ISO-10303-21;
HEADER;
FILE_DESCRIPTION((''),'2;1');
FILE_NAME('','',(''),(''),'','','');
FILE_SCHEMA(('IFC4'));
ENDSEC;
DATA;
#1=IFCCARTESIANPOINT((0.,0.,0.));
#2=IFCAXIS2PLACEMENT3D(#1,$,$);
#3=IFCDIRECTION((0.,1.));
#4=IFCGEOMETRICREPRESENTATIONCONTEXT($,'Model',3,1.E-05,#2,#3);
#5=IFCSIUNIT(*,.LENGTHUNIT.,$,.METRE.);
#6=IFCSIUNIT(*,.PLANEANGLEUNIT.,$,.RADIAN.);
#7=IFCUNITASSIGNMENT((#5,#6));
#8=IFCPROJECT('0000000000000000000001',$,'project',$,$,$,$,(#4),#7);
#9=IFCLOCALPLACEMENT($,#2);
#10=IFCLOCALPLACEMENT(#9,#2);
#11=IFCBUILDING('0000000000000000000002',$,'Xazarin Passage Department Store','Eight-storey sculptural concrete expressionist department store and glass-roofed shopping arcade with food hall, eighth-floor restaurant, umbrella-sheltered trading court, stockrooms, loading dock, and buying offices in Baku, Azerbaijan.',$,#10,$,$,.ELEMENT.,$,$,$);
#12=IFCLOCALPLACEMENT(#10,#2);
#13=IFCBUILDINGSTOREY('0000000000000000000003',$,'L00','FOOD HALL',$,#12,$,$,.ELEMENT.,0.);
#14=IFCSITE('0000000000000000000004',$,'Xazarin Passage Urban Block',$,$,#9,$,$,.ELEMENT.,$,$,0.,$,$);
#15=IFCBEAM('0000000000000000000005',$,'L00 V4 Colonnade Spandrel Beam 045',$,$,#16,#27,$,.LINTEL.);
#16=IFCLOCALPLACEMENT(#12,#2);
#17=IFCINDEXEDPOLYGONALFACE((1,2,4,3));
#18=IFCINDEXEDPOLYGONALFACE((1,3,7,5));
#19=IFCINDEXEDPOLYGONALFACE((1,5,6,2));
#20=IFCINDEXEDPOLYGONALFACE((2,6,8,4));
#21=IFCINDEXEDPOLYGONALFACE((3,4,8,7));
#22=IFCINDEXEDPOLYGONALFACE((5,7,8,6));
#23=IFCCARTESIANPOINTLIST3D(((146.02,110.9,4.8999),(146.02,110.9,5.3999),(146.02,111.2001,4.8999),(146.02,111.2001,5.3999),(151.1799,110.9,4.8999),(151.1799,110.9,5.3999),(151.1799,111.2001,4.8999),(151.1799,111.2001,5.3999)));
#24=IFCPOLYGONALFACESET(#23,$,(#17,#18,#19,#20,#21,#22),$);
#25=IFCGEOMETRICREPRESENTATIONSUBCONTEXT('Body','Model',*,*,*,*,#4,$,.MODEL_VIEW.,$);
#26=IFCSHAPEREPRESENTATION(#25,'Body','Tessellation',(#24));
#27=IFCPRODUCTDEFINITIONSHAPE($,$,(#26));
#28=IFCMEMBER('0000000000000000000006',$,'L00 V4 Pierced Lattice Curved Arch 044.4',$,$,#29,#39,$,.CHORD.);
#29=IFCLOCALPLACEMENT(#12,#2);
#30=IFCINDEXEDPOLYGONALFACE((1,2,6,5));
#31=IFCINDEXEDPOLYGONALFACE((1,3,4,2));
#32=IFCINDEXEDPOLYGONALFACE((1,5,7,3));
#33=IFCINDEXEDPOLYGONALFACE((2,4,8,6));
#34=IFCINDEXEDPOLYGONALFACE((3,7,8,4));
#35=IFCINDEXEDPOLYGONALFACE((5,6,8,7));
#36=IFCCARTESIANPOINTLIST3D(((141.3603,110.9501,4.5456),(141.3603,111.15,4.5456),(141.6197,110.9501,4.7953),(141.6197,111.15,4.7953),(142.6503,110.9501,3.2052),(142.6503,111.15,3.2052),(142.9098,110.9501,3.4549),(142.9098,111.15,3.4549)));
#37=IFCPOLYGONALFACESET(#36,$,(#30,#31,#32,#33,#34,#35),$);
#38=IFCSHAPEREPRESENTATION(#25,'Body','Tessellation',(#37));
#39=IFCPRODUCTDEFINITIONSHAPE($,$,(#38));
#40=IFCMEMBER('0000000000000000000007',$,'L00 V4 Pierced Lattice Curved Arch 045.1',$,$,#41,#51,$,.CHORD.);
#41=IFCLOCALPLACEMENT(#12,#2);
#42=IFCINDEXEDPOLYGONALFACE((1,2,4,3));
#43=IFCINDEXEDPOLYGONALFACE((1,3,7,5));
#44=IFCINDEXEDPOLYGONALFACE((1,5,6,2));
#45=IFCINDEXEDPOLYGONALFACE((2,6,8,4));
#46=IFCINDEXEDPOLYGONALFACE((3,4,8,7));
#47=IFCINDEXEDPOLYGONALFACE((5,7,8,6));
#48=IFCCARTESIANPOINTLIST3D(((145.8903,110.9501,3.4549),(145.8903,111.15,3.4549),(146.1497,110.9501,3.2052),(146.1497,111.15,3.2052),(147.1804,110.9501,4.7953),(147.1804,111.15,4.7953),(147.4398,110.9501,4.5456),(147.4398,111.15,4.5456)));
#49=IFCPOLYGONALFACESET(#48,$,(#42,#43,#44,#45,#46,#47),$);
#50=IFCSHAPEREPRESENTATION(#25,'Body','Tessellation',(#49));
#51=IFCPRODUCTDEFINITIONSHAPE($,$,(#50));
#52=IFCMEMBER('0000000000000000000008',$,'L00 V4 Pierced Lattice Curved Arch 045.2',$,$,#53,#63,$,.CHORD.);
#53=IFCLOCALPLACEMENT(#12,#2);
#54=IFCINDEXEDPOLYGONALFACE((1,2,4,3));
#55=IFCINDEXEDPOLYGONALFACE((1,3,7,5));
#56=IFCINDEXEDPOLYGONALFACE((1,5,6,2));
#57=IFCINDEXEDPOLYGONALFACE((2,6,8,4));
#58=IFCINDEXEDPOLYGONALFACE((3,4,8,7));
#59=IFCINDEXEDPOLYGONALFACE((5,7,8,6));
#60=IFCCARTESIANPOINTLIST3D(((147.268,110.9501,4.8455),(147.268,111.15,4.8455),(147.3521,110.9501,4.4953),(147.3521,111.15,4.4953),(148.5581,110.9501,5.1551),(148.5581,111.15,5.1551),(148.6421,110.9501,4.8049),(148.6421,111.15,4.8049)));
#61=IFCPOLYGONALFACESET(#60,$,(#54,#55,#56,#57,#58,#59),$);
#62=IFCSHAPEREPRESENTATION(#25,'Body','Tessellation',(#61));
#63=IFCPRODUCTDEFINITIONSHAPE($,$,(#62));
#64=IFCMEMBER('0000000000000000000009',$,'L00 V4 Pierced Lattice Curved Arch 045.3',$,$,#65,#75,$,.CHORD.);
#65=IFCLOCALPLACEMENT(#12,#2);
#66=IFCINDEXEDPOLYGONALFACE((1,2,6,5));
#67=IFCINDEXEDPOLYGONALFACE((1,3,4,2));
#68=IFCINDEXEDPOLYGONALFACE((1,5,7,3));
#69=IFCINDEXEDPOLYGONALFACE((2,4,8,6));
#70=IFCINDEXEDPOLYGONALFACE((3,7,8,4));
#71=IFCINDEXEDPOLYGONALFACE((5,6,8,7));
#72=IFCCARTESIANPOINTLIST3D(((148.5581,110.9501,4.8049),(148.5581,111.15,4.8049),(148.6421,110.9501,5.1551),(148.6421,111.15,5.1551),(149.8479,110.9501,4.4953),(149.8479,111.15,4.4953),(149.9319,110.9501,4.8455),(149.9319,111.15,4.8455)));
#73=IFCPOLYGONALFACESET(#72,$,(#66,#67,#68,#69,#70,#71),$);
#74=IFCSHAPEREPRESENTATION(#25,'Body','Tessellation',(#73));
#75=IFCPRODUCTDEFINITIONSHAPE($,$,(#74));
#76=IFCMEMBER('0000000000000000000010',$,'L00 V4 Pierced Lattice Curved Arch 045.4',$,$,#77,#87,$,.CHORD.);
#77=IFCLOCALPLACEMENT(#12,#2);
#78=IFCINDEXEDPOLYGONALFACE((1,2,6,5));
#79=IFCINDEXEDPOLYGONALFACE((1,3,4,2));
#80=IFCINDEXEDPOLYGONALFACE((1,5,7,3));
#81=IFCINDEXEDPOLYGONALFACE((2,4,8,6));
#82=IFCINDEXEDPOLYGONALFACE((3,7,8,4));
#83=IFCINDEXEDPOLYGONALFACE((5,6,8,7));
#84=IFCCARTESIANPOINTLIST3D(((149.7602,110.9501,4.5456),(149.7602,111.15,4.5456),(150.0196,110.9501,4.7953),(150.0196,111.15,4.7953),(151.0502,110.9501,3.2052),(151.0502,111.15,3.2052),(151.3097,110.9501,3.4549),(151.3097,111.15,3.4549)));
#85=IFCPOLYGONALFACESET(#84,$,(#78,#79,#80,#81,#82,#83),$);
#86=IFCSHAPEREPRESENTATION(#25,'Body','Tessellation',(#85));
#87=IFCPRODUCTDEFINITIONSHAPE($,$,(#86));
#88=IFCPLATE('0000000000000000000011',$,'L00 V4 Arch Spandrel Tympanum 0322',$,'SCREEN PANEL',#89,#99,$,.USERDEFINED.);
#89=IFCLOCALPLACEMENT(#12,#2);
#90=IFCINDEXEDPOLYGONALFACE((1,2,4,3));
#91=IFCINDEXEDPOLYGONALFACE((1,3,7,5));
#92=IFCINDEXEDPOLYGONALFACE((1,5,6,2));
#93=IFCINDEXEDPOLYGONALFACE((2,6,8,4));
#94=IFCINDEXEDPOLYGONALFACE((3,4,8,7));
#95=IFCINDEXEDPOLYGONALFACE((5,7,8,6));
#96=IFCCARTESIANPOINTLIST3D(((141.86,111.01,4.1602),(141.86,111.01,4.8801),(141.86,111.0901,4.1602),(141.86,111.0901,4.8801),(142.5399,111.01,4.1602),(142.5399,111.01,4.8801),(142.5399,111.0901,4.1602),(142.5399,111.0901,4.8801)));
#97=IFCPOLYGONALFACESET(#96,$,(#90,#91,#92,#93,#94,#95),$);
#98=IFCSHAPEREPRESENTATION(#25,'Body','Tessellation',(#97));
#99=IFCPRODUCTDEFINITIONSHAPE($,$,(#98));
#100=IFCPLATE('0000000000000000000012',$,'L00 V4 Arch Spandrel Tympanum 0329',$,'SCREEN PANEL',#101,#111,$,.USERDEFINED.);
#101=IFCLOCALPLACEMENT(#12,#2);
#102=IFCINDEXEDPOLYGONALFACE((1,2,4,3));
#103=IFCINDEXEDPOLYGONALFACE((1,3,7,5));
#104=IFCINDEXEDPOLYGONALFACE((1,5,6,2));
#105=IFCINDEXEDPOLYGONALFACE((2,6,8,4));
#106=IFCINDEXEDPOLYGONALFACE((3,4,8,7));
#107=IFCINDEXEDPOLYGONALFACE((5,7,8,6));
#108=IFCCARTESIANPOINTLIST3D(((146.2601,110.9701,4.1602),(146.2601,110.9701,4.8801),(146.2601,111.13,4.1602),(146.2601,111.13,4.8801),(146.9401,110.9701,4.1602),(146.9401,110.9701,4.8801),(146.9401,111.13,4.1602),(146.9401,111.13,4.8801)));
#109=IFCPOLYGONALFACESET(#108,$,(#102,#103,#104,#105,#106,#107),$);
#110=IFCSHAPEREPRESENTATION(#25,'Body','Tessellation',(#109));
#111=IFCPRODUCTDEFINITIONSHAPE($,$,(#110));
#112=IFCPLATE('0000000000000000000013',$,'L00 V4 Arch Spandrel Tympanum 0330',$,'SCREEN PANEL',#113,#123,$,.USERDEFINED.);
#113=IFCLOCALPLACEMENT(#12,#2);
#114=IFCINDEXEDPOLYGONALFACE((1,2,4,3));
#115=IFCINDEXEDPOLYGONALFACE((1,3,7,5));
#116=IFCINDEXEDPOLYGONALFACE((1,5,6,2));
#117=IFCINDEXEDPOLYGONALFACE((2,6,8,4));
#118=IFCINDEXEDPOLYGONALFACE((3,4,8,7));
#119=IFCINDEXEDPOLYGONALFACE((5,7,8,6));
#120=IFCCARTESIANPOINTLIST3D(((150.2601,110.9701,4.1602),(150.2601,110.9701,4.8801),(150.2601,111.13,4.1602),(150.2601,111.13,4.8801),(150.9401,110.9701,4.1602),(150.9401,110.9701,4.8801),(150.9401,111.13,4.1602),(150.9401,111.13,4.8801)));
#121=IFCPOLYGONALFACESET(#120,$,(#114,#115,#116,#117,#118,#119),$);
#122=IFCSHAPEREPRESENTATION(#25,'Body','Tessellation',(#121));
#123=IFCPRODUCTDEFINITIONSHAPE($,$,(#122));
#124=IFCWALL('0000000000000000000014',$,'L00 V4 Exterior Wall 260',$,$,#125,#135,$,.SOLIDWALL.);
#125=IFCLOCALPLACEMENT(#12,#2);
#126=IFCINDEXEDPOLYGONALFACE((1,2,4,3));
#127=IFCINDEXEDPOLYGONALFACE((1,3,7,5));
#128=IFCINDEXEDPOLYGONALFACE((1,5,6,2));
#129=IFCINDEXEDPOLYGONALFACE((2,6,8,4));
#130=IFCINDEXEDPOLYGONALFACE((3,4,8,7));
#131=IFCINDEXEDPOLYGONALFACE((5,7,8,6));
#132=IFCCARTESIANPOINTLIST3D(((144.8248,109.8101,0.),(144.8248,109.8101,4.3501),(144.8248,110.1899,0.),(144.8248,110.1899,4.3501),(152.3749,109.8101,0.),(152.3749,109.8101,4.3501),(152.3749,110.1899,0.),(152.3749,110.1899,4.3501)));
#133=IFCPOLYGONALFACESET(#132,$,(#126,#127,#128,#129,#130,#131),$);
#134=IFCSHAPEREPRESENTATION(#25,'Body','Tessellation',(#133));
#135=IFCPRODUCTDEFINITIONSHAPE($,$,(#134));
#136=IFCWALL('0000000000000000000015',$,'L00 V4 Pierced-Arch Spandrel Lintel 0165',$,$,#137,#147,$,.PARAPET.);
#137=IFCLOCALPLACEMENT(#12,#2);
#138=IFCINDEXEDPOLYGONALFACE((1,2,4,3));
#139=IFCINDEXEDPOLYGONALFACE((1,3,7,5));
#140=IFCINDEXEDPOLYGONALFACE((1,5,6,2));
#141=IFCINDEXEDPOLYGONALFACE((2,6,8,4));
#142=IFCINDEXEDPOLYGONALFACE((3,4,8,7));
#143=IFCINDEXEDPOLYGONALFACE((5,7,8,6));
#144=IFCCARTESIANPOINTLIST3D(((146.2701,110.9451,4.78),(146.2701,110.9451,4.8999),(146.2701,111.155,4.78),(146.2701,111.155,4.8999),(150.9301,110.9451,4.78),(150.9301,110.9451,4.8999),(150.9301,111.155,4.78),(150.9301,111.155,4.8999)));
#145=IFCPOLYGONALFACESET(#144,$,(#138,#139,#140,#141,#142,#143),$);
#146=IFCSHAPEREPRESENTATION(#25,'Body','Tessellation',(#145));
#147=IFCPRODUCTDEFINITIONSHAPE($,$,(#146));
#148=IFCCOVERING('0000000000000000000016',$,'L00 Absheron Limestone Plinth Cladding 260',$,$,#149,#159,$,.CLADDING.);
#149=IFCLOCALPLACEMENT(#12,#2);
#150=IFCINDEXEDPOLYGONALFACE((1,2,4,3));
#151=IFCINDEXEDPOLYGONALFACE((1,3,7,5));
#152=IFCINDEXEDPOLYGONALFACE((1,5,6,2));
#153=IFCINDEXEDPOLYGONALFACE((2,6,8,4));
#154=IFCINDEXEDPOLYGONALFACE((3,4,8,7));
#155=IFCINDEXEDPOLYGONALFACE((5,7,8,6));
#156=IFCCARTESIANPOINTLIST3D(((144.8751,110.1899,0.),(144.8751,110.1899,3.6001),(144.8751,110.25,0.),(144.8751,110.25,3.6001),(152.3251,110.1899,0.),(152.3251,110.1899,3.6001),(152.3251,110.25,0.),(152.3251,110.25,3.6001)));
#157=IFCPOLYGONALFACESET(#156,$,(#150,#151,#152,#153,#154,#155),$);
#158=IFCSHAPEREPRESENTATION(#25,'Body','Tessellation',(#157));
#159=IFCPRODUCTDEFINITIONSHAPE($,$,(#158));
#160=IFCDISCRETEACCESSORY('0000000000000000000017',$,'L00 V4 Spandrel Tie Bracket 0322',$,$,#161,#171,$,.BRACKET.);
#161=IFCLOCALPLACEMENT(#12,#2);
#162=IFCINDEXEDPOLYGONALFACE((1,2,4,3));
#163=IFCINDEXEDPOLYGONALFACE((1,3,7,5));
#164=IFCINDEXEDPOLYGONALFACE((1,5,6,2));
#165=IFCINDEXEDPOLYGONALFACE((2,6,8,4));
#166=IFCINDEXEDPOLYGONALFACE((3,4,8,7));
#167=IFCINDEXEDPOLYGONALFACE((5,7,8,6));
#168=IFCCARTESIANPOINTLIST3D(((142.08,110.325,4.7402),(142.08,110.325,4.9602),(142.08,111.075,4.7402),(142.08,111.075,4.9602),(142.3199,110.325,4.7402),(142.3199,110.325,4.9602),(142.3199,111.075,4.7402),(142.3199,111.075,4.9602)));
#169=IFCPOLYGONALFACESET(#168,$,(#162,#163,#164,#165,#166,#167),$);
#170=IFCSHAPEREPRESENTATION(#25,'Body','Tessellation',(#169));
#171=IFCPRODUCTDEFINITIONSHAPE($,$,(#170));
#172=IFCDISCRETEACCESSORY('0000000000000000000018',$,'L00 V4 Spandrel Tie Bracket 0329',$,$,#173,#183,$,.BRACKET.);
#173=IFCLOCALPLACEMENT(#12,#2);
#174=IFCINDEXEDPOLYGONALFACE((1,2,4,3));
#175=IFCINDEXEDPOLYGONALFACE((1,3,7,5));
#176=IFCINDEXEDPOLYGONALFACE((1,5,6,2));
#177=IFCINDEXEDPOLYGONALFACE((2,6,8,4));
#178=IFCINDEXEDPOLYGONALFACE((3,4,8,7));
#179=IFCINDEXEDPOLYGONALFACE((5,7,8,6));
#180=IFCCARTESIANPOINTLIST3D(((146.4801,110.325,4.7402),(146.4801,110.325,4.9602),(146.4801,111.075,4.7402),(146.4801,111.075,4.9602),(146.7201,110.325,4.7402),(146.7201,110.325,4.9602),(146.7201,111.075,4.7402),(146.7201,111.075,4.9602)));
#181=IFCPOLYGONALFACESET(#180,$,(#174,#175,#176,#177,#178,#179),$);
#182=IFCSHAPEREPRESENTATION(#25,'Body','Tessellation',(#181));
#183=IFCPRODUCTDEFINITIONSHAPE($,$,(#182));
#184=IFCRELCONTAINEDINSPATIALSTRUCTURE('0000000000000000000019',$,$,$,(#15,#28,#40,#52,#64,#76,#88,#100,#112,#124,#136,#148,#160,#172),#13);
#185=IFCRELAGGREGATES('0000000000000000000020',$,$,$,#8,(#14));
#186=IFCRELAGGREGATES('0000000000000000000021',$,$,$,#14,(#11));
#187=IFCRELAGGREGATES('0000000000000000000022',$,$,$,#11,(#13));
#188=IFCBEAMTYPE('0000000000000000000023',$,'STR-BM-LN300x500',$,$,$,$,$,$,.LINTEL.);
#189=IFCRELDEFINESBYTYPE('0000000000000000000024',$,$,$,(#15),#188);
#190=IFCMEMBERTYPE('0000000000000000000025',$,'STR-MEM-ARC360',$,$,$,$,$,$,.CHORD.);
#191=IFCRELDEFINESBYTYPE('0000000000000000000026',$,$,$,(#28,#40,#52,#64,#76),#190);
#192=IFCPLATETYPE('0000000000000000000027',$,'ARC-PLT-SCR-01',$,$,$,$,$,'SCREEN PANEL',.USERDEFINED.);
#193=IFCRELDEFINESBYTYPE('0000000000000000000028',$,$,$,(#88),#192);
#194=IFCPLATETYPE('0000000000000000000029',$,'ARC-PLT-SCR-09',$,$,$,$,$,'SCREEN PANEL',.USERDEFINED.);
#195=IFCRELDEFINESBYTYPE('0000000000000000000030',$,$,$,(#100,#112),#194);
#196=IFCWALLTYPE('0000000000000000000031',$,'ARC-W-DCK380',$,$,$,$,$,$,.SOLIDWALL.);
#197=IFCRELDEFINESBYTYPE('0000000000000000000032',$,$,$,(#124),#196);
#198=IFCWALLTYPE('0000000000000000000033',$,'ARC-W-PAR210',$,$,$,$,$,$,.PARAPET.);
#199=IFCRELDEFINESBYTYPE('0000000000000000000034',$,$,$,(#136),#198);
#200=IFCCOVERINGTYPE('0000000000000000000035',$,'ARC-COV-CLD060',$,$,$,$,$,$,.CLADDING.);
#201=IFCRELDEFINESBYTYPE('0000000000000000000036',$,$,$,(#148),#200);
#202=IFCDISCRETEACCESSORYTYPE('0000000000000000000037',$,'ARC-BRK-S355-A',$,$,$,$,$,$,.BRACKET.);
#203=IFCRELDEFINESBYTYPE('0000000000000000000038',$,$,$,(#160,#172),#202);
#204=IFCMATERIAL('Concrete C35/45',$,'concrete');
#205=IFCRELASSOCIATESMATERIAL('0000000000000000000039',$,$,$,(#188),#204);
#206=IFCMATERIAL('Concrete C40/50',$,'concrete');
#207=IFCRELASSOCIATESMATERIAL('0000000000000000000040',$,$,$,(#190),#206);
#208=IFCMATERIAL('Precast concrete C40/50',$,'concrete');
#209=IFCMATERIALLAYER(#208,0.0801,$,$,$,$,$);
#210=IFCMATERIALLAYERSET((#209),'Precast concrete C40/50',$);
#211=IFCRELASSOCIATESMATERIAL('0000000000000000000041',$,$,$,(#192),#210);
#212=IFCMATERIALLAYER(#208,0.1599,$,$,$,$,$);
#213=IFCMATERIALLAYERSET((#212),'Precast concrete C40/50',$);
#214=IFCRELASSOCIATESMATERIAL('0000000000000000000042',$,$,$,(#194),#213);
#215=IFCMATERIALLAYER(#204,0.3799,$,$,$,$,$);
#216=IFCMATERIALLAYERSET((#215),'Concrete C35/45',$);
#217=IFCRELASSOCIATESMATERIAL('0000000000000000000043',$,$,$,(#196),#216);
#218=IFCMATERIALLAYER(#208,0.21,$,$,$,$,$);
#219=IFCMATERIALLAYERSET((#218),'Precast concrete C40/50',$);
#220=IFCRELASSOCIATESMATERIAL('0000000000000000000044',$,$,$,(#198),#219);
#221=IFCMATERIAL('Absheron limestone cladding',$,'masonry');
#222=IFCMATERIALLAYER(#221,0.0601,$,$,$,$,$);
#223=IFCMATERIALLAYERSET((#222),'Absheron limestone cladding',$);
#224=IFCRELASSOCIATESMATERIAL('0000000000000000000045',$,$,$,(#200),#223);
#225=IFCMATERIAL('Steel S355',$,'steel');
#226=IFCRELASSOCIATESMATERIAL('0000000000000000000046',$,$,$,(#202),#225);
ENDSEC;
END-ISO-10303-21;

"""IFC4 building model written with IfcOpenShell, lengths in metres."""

from ifc_helpers import new_model, si_unit, direction, frame, frame_2d, origin, origin_2d, place, context, subcontext, project, spatial, rectangle, extrude, material, layer, layer_set, material_profile, profile_set, type_object, element, save


model = new_model("IFC4")

# Units and contexts
model_context = context("Model", 3, precision=1e-05, world=origin(), true_north=direction((0.0, 1.0)))
body_context = subcontext(model_context, "Body", "Model", "MODEL_VIEW")
ifc_project = project(units=[si_unit("LENGTHUNIT", "METRE"), si_unit("PLANEANGLEUNIT", "RADIAN")], contexts=[model_context])

# Site, building, storey
site_placement = place(None, origin())
site = spatial("IfcSite", under=ifc_project, at=site_placement, Name="Xazarin Passage Urban Block", CompositionType="ELEMENT", RefElevation=0.0)
building_placement = place(site_placement, origin())
building = spatial("IfcBuilding", under=site, at=building_placement, Name="Xazarin Passage Department Store", Description="Eight-storey sculptural concrete expressionist department store and glass-roofed shopping arcade with food hall, eighth-floor restaurant, umbrella-sheltered trading court, stockrooms, loading dock, and buying offices in Baku, Azerbaijan.", CompositionType="ELEMENT")
storey_placement = place(building_placement, origin())
storey = spatial("IfcBuildingStorey", under=building, at=storey_placement, Name="L00", Description="FOOD HALL", CompositionType="ELEMENT", Elevation=0.0)

# Shared definitions
ifc_material_1 = material(Name="Concrete C35/45", Category="concrete")

# Shared definitions
ifc_material_2 = material(Name="Concrete C40/50", Category="concrete")

# Beam
ifc_material_profile_1 = material_profile(ifc_material_1, rectangle(XDim=0.3, YDim=0.5, at=origin_2d()), Name="RC 300x500")
ifc_profile_set_1 = profile_set([ifc_material_profile_1], Name="Concrete C35/45")
beam_type = type_object("IfcBeamType", Name="STR-BM-LN300x500", PredefinedType="LINTEL", material=ifc_profile_set_1)
beam_placement = place(storey_placement, frame((146.02, 111.05, 5.1499), z_axis=(1.0, 0.0, 0.0), x_axis=(0.0, 1.0, 0.0)))
element("IfcBeam", 1, at=beam_placement, inside=storey, type_object=beam_type, Name="L00 V4 Colonnade Spandrel Beam 045", PredefinedType="LINTEL", context=body_context, shape_type="SweptSolid", body=[
    extrude(rectangle(XDim=0.3, YDim=0.5, at=origin_2d()), origin(), (0.0, 0.0, 1.0), 5.1599),
])

# Members
ifc_material_profile_2 = material_profile(ifc_material_2, rectangle(XDim=0.2, YDim=0.3601, at=origin_2d()), Name="RC 200x360")
ifc_profile_set_2 = profile_set([ifc_material_profile_2], Name="Concrete C40/50")
member_type = type_object("IfcMemberType", Name="STR-MEM-ARC360", PredefinedType="CHORD", material=ifc_profile_set_2)
for number, where, z_axis, x_axis, name in (
    (2, (141.49, 111.05, 4.6704), (0.69346, 0.0, -0.720495), (0.0, 1.0, 0.0), "L00 V4 Pierced Lattice Curved Arch 044.4"),
    (3, (146.02, 111.05, 3.3301), (0.69346, 0.0, 0.720495), (0.0, 1.0, 0.0), "L00 V4 Pierced Lattice Curved Arch 045.1"),
):
    element("IfcMember", number, at=place(storey_placement, frame(where, z_axis=z_axis, x_axis=x_axis)), inside=storey, type_object=member_type, Name=name, PredefinedType="CHORD", context=body_context, shape_type="SweptSolid", body=[
        extrude(rectangle(XDim=0.2, YDim=0.3601, at=origin_2d()), origin(), (0.0, 0.0, 1.0), 1.8604),
    ])
member_1_placement = place(storey_placement, frame((147.3101, 111.05, 4.6704), z_axis=(0.972394, 0.0, 0.233345), x_axis=(0.0, 1.0, 0.0)))
element("IfcMember", 4, at=member_1_placement, inside=storey, type_object=member_type, Name="L00 V4 Pierced Lattice Curved Arch 045.2", PredefinedType="CHORD", context=body_context, shape_type="SweptSolid", body=[
    extrude(rectangle(XDim=0.2, YDim=0.3601, at=origin_2d()), origin(), (0.0, 0.0, 1.0), 1.3267),
])
member_2_placement = place(storey_placement, frame((148.6001, 111.05, 4.98), z_axis=(0.972384, 0.0, -0.233387), x_axis=(0.0, 1.0, 0.0)))
element("IfcMember", 5, at=member_2_placement, inside=storey, type_object=member_type, Name="L00 V4 Pierced Lattice Curved Arch 045.3", PredefinedType="CHORD", context=body_context, shape_type="SweptSolid", body=[
    extrude(rectangle(XDim=0.2, YDim=0.3601, at=origin_2d()), origin(), (0.0, 0.0, 1.0), 1.3264),
])
member_3_placement = place(storey_placement, frame((149.8899, 111.05, 4.6704), z_axis=(0.69346, 0.0, -0.720495), x_axis=(0.0, 1.0, 0.0)))
element("IfcMember", 6, at=member_3_placement, inside=storey, type_object=member_type, Name="L00 V4 Pierced Lattice Curved Arch 045.4", PredefinedType="CHORD", context=body_context, shape_type="SweptSolid", body=[
    extrude(rectangle(XDim=0.2, YDim=0.3601, at=origin_2d()), origin(), (0.0, 0.0, 1.0), 1.8604),
])

# Plates
ifc_material_3 = material(Name="Precast concrete C40/50", Category="concrete")
ifc_layer_1 = layer(ifc_material_3, 0.0801)
ifc_layer_set_1 = layer_set([ifc_layer_1], Name="Precast concrete C40/50")
plate_type_1 = type_object("IfcPlateType", Name="ARC-PLT-SCR-01", ElementType="SCREEN PANEL", PredefinedType="USERDEFINED", material=ifc_layer_set_1)
plate_placement = place(storey_placement, frame((142.2, 111.05, 4.1602), z_axis=(0.0, 0.0, 1.0), x_axis=(1.0, 0.0, 0.0)))
element("IfcPlate", 7, at=plate_placement, inside=storey, type_object=plate_type_1, Name="L00 V4 Arch Spandrel Tympanum 0322", ObjectType="SCREEN PANEL", PredefinedType="USERDEFINED", context=body_context, shape_type="SweptSolid", body=[
    extrude(rectangle(XDim=0.6799, YDim=0.0801, at=origin_2d()), origin(), (0.0, 0.0, 1.0), 0.72),
])
ifc_layer_2 = layer(ifc_material_3, 0.1599)
ifc_layer_set_2 = layer_set([ifc_layer_2], Name="Precast concrete C40/50")
plate_type_2 = type_object("IfcPlateType", Name="ARC-PLT-SCR-09", ElementType="SCREEN PANEL", PredefinedType="USERDEFINED", material=ifc_layer_set_2)
for number, where, z_axis, x_axis, name in (
    (8, (146.6001, 111.05, 4.1602), (0.0, 0.0, 1.0), (1.0, 0.0, 0.0), "L00 V4 Arch Spandrel Tympanum 0329"),
    (9, (150.6001, 111.05, 4.1602), (0.0, 0.0, 1.0), (1.0, 0.0, 0.0), "L00 V4 Arch Spandrel Tympanum 0330"),
):
    element("IfcPlate", number, at=place(storey_placement, frame(where, z_axis=z_axis, x_axis=x_axis)), inside=storey, type_object=plate_type_2, Name=name, ObjectType="SCREEN PANEL", PredefinedType="USERDEFINED", context=body_context, shape_type="SweptSolid", body=[
        extrude(rectangle(XDim=0.6799, YDim=0.1599, at=origin_2d()), origin(), (0.0, 0.0, 1.0), 0.72),
    ])

# Walls
ifc_layer_3 = layer(ifc_material_1, 0.3799)
ifc_layer_set_3 = layer_set([ifc_layer_3], Name="Concrete C35/45")
wall_type_1 = type_object("IfcWallType", Name="ARC-W-DCK380", PredefinedType="SOLIDWALL", material=ifc_layer_set_3)
wall_1_placement = place(storey_placement, frame((144.825, 110.0, 0.0), z_axis=(0.0, 0.0, 1.0), x_axis=(1.0, 0.0, 0.0)))
element("IfcWall", 10, at=wall_1_placement, inside=storey, type_object=wall_type_1, Name="L00 V4 Exterior Wall 260", PredefinedType="SOLIDWALL", context=body_context, shape_type="SweptSolid", body=[
    extrude(rectangle(XDim=7.55, YDim=0.3799, at=frame_2d((3.7749, 0.0))), origin(), (0.0, 0.0, 1.0), 4.3501),
])
ifc_layer_4 = layer(ifc_material_3, 0.21)
ifc_layer_set_4 = layer_set([ifc_layer_4], Name="Precast concrete C40/50")
wall_type_2 = type_object("IfcWallType", Name="ARC-W-PAR210", PredefinedType="PARAPET", material=ifc_layer_set_4)
wall_2_placement = place(storey_placement, frame((146.27, 111.05, 4.78), z_axis=(0.0, 0.0, 1.0), x_axis=(1.0, 0.0, 0.0)))
element("IfcWall", 11, at=wall_2_placement, inside=storey, type_object=wall_type_2, Name="L00 V4 Pierced-Arch Spandrel Lintel 0165", PredefinedType="PARAPET", context=body_context, shape_type="SweptSolid", body=[
    extrude(rectangle(XDim=4.6599, YDim=0.21, at=frame_2d((2.3301, 0.0))), origin(), (0.0, 0.0, 1.0), 0.1199),
])

# Covering
ifc_material_4 = material(Name="Absheron limestone cladding", Category="masonry")
ifc_layer_5 = layer(ifc_material_4, 0.0601)
ifc_layer_set_5 = layer_set([ifc_layer_5], Name="Absheron limestone cladding")
covering_type = type_object("IfcCoveringType", Name="ARC-COV-CLD060", PredefinedType="CLADDING", material=ifc_layer_set_5)
covering_placement = place(storey_placement, frame((148.6001, 110.22, 0.0), z_axis=(0.0, 0.0, 1.0), x_axis=(1.0, 0.0, 0.0)))
element("IfcCovering", 12, at=covering_placement, inside=storey, type_object=covering_type, Name="L00 Absheron Limestone Plinth Cladding 260", PredefinedType="CLADDING", context=body_context, shape_type="SweptSolid", body=[
    extrude(rectangle(XDim=7.45, YDim=0.0601, at=origin_2d()), origin(), (0.0, 0.0, 1.0), 3.6001),
])

# Discrete accessories
ifc_material_5 = material(Name="Steel S355", Category="steel")
discrete_accessory_type = type_object("IfcDiscreteAccessoryType", Name="ARC-BRK-S355-A", PredefinedType="BRACKET", material=ifc_material_5)
for number, where, z_axis, x_axis, name in (
    (13, (142.2, 110.7, 4.7402), (0.0, 0.0, 1.0), (1.0, 0.0, 0.0), "L00 V4 Spandrel Tie Bracket 0322"),
    (14, (146.6001, 110.7, 4.7402), (0.0, 0.0, 1.0), (1.0, 0.0, 0.0), "L00 V4 Spandrel Tie Bracket 0329"),
):
    element("IfcDiscreteAccessory", number, at=place(storey_placement, frame(where, z_axis=z_axis, x_axis=x_axis)), inside=storey, type_object=discrete_accessory_type, Name=name, PredefinedType="BRACKET", context=body_context, shape_type="SweptSolid", body=[
        extrude(rectangle(XDim=0.24, YDim=0.75, at=origin_2d()), origin(), (0.0, 0.0, 1.0), 0.22),
    ])

save(model, "model.ifc")
